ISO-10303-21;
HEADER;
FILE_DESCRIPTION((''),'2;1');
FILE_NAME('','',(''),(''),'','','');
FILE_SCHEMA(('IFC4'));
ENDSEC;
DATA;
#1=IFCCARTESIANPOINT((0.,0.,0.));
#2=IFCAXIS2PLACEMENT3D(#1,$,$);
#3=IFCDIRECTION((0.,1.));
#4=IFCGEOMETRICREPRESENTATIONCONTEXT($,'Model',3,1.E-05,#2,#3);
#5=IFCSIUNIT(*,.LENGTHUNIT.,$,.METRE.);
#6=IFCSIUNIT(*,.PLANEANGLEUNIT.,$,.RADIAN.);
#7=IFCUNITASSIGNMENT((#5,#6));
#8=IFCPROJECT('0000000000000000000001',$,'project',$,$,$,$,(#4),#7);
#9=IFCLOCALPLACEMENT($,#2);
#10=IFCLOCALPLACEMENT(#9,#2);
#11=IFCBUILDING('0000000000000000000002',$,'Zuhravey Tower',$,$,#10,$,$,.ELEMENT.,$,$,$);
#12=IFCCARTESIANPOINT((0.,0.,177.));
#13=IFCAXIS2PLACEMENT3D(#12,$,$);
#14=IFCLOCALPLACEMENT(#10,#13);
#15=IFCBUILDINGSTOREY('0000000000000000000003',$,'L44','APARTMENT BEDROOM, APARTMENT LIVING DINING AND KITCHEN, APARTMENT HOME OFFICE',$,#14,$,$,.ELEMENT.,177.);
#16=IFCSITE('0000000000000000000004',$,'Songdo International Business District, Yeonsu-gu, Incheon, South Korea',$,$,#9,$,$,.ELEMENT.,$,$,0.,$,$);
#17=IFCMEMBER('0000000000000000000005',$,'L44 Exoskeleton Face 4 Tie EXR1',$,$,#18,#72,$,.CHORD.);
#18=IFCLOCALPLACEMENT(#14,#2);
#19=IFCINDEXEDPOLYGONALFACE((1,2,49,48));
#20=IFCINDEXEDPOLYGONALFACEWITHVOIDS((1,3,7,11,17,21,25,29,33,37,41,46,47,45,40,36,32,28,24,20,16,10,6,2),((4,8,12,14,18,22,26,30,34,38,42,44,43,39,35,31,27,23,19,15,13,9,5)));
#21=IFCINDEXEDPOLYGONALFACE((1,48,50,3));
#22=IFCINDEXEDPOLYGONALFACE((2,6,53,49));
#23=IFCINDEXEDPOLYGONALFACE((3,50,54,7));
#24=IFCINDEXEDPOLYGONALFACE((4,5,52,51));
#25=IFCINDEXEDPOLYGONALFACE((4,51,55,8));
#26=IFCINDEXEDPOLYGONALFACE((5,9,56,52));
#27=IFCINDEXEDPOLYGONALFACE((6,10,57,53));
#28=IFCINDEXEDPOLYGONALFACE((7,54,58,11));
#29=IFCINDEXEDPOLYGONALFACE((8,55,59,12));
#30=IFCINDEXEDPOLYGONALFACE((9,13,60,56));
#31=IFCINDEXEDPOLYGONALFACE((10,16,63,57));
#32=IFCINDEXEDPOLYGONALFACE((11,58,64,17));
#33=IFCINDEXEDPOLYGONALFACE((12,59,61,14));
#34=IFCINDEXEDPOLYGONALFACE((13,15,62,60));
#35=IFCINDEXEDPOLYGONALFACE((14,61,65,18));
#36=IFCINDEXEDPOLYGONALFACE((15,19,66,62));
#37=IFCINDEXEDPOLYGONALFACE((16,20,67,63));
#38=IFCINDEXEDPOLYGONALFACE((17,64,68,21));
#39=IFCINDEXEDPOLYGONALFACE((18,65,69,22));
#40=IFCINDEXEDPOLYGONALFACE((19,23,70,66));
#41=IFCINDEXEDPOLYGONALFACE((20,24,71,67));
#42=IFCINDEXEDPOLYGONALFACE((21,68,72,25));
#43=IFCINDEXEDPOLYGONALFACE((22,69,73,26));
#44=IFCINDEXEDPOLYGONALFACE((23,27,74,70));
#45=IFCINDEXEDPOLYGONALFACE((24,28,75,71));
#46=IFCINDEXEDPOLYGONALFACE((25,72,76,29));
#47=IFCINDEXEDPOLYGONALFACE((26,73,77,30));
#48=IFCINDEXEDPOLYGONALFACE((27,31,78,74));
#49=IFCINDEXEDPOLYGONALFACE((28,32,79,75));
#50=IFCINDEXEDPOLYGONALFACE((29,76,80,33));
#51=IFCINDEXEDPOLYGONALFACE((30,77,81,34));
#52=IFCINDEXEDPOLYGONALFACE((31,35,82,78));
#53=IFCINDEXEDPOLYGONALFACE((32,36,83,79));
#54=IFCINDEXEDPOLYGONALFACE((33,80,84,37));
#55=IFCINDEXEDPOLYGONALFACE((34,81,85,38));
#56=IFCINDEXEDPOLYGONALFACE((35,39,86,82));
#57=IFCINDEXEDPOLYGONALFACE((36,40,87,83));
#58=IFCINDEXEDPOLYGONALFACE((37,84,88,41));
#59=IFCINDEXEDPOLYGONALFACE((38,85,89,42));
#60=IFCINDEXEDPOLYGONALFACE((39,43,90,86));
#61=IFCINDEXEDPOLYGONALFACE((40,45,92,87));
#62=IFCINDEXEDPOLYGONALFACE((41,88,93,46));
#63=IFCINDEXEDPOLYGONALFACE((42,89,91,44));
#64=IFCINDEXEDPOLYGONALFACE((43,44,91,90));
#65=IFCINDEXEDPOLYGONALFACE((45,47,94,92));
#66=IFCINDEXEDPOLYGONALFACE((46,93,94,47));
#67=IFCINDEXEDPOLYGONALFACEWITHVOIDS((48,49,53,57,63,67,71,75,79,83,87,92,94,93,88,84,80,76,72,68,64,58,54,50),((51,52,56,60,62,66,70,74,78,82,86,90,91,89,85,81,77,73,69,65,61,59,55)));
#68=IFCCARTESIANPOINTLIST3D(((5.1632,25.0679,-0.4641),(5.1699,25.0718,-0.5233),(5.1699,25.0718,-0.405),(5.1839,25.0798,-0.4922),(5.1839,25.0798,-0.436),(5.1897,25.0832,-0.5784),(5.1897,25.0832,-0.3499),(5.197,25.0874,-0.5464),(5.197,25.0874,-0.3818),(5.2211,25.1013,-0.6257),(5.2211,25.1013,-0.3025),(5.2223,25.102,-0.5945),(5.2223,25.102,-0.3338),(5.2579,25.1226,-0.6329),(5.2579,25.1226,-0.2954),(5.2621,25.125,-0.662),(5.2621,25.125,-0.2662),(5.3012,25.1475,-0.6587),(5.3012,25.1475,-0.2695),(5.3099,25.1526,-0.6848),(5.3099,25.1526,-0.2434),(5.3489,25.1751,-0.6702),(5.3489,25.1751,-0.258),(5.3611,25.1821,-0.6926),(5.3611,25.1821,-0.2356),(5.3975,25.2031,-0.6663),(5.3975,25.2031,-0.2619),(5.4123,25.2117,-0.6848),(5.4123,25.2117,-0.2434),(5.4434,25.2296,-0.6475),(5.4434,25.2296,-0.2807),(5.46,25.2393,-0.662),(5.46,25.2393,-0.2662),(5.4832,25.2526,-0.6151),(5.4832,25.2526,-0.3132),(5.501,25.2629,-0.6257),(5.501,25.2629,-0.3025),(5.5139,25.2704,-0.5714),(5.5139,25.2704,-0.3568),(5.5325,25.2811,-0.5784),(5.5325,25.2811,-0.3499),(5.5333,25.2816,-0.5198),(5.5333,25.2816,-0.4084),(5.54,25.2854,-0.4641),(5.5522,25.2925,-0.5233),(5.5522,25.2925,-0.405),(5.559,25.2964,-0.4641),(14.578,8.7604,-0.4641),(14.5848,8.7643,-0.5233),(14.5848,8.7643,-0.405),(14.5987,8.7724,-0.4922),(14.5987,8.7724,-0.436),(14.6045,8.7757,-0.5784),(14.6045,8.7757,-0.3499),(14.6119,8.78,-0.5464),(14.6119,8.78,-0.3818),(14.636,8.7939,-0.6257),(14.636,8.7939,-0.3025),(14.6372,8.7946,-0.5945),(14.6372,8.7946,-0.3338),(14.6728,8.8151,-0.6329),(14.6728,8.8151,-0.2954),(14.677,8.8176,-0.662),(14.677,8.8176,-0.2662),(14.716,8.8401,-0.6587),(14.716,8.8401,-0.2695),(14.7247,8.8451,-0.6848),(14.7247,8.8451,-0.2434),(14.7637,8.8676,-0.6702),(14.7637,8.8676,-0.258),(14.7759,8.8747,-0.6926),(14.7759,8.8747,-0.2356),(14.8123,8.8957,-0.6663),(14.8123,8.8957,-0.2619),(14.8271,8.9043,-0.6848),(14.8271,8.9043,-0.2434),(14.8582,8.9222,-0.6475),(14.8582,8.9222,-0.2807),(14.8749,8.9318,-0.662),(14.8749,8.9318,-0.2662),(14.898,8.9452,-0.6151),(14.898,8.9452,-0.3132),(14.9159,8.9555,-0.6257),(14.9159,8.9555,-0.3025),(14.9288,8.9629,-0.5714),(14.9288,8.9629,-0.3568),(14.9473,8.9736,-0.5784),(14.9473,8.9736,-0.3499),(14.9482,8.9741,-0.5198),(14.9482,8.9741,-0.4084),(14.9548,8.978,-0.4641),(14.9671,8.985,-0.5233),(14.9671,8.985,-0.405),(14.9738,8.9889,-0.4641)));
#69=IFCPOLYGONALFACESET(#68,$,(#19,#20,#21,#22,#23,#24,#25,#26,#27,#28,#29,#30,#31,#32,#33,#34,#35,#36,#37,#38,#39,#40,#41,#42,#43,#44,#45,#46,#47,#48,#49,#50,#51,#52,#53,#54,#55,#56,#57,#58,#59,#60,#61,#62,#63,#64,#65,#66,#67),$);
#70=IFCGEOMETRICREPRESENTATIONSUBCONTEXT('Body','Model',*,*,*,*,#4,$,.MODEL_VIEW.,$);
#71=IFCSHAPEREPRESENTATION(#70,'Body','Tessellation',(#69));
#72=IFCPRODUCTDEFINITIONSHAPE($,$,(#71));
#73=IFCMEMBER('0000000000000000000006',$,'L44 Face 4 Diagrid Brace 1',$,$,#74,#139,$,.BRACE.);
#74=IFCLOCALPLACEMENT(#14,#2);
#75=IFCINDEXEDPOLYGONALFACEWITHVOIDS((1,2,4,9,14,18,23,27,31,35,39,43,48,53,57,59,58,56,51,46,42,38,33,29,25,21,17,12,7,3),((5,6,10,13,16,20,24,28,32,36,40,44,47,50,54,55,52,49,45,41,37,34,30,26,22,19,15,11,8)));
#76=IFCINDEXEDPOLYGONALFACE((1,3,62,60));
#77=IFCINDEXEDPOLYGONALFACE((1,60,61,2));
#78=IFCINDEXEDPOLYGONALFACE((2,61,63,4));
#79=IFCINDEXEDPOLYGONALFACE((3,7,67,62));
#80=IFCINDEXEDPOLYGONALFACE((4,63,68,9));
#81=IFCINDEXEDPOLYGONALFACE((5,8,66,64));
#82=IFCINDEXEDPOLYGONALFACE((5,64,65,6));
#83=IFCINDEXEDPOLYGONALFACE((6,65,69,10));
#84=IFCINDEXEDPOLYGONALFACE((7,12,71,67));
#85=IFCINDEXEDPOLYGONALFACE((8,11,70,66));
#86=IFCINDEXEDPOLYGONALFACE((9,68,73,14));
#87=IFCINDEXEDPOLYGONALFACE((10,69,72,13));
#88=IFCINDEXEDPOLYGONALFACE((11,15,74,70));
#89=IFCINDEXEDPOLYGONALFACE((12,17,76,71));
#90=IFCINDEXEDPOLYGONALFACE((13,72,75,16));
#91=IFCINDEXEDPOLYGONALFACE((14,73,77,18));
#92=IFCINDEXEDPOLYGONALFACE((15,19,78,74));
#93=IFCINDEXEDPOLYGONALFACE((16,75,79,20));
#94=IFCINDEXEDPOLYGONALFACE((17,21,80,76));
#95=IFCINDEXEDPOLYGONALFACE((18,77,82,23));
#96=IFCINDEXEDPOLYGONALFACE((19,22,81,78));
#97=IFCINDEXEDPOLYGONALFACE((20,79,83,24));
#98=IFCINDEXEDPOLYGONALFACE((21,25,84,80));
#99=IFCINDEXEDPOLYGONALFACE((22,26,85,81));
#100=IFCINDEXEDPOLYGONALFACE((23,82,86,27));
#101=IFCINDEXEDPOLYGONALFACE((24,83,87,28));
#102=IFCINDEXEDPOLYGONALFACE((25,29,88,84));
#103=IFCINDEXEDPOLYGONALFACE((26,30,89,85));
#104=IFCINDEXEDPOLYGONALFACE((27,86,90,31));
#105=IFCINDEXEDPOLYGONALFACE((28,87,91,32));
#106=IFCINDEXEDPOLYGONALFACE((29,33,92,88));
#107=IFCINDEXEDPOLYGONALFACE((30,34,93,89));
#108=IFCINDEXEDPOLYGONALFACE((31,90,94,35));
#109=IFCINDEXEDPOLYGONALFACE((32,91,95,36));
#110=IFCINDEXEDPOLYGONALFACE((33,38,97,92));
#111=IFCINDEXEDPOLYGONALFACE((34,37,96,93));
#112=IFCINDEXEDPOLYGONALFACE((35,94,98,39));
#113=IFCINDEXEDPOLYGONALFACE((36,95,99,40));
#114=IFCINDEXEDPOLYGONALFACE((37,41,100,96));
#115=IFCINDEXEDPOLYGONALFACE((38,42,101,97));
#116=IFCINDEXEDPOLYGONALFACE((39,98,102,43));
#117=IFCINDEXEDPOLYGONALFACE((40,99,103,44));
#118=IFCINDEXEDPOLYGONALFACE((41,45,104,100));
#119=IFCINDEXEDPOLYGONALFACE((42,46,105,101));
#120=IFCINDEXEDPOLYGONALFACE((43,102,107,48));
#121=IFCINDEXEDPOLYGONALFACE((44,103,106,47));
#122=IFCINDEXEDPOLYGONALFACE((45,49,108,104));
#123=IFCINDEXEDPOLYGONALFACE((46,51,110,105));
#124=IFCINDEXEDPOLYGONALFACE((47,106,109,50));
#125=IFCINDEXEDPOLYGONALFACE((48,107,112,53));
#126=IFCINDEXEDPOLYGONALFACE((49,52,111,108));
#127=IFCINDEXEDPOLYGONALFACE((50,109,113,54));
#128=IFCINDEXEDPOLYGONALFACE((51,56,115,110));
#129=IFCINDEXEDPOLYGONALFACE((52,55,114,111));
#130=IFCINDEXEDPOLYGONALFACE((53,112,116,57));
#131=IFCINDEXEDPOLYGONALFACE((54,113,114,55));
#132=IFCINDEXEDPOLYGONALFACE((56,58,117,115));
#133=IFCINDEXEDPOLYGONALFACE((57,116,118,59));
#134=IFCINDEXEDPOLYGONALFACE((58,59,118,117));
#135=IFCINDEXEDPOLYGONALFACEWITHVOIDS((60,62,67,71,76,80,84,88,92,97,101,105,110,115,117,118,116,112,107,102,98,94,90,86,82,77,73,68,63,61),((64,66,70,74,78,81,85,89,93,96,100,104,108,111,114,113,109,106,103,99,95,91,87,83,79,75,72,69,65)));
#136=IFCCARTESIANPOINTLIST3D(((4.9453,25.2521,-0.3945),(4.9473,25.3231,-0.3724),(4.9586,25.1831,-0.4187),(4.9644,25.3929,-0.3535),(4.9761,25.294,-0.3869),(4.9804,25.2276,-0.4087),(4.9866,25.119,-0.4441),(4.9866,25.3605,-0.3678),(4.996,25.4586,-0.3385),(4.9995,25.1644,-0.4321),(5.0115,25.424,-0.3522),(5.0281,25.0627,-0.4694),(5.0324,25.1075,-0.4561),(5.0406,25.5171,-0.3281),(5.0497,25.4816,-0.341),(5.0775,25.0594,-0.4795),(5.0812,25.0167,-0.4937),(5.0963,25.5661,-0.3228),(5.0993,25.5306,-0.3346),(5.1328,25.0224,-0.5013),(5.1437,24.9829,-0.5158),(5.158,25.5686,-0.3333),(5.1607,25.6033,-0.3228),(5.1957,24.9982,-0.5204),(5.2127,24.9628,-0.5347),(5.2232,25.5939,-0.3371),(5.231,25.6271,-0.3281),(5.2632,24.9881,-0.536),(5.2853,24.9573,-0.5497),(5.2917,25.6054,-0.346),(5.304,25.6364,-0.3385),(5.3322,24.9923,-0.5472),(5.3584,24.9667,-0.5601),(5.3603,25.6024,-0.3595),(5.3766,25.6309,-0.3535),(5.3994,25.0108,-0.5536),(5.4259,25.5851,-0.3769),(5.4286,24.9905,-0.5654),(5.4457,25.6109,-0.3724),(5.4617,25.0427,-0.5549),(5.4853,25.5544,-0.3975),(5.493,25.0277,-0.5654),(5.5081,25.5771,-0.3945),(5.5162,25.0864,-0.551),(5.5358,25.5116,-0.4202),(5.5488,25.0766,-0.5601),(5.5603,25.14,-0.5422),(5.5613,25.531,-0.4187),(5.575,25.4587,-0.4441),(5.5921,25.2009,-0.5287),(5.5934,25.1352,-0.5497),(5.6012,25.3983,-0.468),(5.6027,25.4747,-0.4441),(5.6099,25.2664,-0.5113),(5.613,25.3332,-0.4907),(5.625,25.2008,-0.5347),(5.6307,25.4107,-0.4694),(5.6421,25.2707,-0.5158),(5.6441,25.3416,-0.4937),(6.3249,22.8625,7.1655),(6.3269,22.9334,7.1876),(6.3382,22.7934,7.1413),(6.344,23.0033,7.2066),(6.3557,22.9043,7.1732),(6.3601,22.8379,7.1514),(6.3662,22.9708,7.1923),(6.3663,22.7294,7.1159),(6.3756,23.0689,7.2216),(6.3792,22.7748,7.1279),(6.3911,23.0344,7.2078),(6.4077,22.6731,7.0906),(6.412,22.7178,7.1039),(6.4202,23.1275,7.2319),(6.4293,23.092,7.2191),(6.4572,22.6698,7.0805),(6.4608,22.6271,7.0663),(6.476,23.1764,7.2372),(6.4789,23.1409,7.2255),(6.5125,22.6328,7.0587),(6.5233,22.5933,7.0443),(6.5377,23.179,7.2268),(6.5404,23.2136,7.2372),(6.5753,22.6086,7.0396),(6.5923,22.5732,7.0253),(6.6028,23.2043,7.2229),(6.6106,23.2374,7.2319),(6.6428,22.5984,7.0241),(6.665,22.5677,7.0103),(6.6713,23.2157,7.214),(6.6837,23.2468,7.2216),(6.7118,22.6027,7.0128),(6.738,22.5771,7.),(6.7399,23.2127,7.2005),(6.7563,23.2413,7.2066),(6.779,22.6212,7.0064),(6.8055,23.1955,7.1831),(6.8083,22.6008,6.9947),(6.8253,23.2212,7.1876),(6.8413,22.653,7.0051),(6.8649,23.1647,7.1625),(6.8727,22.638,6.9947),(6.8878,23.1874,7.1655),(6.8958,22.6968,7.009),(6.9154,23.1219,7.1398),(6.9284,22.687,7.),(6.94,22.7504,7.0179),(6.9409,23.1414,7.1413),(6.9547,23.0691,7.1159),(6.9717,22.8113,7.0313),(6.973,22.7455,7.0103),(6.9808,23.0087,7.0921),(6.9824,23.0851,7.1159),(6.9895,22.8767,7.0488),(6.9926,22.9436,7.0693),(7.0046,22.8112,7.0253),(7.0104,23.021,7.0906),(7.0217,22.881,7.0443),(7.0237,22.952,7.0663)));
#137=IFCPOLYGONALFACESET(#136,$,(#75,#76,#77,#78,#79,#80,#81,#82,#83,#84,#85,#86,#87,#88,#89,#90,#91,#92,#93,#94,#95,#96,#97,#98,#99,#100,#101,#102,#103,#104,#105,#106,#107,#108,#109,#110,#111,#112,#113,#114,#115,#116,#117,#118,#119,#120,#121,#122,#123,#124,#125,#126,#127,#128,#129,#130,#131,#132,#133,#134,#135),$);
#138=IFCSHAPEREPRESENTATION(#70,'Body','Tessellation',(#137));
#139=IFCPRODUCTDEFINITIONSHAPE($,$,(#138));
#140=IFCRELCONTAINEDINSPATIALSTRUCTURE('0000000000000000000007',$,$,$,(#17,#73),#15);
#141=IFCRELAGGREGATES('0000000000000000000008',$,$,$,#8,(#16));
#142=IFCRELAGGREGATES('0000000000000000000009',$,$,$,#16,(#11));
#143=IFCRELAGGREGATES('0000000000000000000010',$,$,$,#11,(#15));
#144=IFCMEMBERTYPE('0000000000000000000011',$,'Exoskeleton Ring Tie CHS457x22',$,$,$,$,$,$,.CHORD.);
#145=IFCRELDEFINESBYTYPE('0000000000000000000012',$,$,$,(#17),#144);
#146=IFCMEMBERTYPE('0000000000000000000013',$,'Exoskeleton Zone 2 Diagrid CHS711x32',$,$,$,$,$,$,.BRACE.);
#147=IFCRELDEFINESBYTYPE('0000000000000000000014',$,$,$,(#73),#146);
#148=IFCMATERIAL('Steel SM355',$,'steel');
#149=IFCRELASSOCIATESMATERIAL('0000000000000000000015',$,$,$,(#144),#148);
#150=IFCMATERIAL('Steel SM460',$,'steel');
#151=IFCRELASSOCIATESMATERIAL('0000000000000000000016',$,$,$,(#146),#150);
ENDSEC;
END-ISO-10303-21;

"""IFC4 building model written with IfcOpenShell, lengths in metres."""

from ifc_helpers import new_model, si_unit, direction, frame, origin, origin_2d, place, context, subcontext, project, spatial, hollow_circle, extrude, material, material_profile, profile_set, type_object, element, save


model = new_model("IFC4")

# Units and contexts
model_context = context("Model", 3, precision=1e-05, world=origin(), true_north=direction((0.0, 1.0)))
body_context = subcontext(model_context, "Body", "Model", "MODEL_VIEW")
ifc_project = project(units=[si_unit("LENGTHUNIT", "METRE"), si_unit("PLANEANGLEUNIT", "RADIAN")], contexts=[model_context])

# Site, building, storey
site_placement = place(None, origin())
site = spatial("IfcSite", under=ifc_project, at=site_placement, Name="Songdo International Business District, Yeonsu-gu, Incheon, South Korea", CompositionType="ELEMENT", RefElevation=0.0)
building_placement = place(site_placement, origin())
building = spatial("IfcBuilding", under=site, at=building_placement, Name="Zuhravey Tower", CompositionType="ELEMENT")
storey_placement = place(building_placement, frame((0.0, 0.0, 177.0)))
storey = spatial("IfcBuildingStorey", under=building, at=storey_placement, Name="L44", Description="APARTMENT BEDROOM, APARTMENT LIVING DINING AND KITCHEN, APARTMENT HOME OFFICE", CompositionType="ELEMENT", Elevation=177.0)

# Members
ifc_material_1 = material(Name="Steel SM355", Category="steel")
ifc_material_profile_1 = material_profile(ifc_material_1, hollow_circle(Radius=0.2285, WallThickness=0.022, at=origin_2d()), Name="CHS-457.2x22")
ifc_profile_set_1 = profile_set([ifc_material_profile_1], Name="Steel SM355")
member_type_1 = type_object("IfcMemberType", Name="Exoskeleton Ring Tie CHS457x22", PredefinedType="CHORD", material=ifc_profile_set_1)
member_1_placement = place(storey_placement, frame((5.3611, 25.1821, -0.4641), z_axis=(0.499989, -0.866032, 0.0), x_axis=(0.866032, 0.499989, 0.0)))
element("IfcMember", 1, at=member_1_placement, inside=storey, type_object=member_type_1, Name="L44 Exoskeleton Face 4 Tie EXR1", PredefinedType="CHORD", context=body_context, shape_type="SweptSolid", body=[
    extrude(hollow_circle(Radius=0.2285, WallThickness=0.022, at=origin_2d()), origin(), (0.0, 0.0, 1.0), 18.8301),
])
ifc_material_2 = material(Name="Steel SM460", Category="steel")
ifc_material_profile_2 = material_profile(ifc_material_2, hollow_circle(Radius=0.3557, WallThickness=0.032, at=origin_2d()), Name="CHS-711.2x32")
ifc_profile_set_2 = profile_set([ifc_material_profile_2], Name="Steel SM460")
member_type_2 = type_object("IfcMemberType", Name="Exoskeleton Zone 2 Diagrid CHS711x32", PredefinedType="BRACE", material=ifc_profile_set_2)
member_2_placement = place(storey_placement, frame((5.2947, 25.2969, -0.4441), z_axis=(0.171429, -0.296929, 0.939386), x_axis=(0.866029, 0.499993, 0.0)))
element("IfcMember", 2, at=member_2_placement, inside=storey, type_object=member_type_2, Name="L44 Face 4 Diagrid Brace 1", PredefinedType="BRACE", context=body_context, shape_type="SweptSolid", body=[
    extrude(hollow_circle(Radius=0.3557, WallThickness=0.032, at=origin_2d()), origin(), (0.0, 0.0, 1.0), 8.0479),
])

save(model, "model.ifc")
